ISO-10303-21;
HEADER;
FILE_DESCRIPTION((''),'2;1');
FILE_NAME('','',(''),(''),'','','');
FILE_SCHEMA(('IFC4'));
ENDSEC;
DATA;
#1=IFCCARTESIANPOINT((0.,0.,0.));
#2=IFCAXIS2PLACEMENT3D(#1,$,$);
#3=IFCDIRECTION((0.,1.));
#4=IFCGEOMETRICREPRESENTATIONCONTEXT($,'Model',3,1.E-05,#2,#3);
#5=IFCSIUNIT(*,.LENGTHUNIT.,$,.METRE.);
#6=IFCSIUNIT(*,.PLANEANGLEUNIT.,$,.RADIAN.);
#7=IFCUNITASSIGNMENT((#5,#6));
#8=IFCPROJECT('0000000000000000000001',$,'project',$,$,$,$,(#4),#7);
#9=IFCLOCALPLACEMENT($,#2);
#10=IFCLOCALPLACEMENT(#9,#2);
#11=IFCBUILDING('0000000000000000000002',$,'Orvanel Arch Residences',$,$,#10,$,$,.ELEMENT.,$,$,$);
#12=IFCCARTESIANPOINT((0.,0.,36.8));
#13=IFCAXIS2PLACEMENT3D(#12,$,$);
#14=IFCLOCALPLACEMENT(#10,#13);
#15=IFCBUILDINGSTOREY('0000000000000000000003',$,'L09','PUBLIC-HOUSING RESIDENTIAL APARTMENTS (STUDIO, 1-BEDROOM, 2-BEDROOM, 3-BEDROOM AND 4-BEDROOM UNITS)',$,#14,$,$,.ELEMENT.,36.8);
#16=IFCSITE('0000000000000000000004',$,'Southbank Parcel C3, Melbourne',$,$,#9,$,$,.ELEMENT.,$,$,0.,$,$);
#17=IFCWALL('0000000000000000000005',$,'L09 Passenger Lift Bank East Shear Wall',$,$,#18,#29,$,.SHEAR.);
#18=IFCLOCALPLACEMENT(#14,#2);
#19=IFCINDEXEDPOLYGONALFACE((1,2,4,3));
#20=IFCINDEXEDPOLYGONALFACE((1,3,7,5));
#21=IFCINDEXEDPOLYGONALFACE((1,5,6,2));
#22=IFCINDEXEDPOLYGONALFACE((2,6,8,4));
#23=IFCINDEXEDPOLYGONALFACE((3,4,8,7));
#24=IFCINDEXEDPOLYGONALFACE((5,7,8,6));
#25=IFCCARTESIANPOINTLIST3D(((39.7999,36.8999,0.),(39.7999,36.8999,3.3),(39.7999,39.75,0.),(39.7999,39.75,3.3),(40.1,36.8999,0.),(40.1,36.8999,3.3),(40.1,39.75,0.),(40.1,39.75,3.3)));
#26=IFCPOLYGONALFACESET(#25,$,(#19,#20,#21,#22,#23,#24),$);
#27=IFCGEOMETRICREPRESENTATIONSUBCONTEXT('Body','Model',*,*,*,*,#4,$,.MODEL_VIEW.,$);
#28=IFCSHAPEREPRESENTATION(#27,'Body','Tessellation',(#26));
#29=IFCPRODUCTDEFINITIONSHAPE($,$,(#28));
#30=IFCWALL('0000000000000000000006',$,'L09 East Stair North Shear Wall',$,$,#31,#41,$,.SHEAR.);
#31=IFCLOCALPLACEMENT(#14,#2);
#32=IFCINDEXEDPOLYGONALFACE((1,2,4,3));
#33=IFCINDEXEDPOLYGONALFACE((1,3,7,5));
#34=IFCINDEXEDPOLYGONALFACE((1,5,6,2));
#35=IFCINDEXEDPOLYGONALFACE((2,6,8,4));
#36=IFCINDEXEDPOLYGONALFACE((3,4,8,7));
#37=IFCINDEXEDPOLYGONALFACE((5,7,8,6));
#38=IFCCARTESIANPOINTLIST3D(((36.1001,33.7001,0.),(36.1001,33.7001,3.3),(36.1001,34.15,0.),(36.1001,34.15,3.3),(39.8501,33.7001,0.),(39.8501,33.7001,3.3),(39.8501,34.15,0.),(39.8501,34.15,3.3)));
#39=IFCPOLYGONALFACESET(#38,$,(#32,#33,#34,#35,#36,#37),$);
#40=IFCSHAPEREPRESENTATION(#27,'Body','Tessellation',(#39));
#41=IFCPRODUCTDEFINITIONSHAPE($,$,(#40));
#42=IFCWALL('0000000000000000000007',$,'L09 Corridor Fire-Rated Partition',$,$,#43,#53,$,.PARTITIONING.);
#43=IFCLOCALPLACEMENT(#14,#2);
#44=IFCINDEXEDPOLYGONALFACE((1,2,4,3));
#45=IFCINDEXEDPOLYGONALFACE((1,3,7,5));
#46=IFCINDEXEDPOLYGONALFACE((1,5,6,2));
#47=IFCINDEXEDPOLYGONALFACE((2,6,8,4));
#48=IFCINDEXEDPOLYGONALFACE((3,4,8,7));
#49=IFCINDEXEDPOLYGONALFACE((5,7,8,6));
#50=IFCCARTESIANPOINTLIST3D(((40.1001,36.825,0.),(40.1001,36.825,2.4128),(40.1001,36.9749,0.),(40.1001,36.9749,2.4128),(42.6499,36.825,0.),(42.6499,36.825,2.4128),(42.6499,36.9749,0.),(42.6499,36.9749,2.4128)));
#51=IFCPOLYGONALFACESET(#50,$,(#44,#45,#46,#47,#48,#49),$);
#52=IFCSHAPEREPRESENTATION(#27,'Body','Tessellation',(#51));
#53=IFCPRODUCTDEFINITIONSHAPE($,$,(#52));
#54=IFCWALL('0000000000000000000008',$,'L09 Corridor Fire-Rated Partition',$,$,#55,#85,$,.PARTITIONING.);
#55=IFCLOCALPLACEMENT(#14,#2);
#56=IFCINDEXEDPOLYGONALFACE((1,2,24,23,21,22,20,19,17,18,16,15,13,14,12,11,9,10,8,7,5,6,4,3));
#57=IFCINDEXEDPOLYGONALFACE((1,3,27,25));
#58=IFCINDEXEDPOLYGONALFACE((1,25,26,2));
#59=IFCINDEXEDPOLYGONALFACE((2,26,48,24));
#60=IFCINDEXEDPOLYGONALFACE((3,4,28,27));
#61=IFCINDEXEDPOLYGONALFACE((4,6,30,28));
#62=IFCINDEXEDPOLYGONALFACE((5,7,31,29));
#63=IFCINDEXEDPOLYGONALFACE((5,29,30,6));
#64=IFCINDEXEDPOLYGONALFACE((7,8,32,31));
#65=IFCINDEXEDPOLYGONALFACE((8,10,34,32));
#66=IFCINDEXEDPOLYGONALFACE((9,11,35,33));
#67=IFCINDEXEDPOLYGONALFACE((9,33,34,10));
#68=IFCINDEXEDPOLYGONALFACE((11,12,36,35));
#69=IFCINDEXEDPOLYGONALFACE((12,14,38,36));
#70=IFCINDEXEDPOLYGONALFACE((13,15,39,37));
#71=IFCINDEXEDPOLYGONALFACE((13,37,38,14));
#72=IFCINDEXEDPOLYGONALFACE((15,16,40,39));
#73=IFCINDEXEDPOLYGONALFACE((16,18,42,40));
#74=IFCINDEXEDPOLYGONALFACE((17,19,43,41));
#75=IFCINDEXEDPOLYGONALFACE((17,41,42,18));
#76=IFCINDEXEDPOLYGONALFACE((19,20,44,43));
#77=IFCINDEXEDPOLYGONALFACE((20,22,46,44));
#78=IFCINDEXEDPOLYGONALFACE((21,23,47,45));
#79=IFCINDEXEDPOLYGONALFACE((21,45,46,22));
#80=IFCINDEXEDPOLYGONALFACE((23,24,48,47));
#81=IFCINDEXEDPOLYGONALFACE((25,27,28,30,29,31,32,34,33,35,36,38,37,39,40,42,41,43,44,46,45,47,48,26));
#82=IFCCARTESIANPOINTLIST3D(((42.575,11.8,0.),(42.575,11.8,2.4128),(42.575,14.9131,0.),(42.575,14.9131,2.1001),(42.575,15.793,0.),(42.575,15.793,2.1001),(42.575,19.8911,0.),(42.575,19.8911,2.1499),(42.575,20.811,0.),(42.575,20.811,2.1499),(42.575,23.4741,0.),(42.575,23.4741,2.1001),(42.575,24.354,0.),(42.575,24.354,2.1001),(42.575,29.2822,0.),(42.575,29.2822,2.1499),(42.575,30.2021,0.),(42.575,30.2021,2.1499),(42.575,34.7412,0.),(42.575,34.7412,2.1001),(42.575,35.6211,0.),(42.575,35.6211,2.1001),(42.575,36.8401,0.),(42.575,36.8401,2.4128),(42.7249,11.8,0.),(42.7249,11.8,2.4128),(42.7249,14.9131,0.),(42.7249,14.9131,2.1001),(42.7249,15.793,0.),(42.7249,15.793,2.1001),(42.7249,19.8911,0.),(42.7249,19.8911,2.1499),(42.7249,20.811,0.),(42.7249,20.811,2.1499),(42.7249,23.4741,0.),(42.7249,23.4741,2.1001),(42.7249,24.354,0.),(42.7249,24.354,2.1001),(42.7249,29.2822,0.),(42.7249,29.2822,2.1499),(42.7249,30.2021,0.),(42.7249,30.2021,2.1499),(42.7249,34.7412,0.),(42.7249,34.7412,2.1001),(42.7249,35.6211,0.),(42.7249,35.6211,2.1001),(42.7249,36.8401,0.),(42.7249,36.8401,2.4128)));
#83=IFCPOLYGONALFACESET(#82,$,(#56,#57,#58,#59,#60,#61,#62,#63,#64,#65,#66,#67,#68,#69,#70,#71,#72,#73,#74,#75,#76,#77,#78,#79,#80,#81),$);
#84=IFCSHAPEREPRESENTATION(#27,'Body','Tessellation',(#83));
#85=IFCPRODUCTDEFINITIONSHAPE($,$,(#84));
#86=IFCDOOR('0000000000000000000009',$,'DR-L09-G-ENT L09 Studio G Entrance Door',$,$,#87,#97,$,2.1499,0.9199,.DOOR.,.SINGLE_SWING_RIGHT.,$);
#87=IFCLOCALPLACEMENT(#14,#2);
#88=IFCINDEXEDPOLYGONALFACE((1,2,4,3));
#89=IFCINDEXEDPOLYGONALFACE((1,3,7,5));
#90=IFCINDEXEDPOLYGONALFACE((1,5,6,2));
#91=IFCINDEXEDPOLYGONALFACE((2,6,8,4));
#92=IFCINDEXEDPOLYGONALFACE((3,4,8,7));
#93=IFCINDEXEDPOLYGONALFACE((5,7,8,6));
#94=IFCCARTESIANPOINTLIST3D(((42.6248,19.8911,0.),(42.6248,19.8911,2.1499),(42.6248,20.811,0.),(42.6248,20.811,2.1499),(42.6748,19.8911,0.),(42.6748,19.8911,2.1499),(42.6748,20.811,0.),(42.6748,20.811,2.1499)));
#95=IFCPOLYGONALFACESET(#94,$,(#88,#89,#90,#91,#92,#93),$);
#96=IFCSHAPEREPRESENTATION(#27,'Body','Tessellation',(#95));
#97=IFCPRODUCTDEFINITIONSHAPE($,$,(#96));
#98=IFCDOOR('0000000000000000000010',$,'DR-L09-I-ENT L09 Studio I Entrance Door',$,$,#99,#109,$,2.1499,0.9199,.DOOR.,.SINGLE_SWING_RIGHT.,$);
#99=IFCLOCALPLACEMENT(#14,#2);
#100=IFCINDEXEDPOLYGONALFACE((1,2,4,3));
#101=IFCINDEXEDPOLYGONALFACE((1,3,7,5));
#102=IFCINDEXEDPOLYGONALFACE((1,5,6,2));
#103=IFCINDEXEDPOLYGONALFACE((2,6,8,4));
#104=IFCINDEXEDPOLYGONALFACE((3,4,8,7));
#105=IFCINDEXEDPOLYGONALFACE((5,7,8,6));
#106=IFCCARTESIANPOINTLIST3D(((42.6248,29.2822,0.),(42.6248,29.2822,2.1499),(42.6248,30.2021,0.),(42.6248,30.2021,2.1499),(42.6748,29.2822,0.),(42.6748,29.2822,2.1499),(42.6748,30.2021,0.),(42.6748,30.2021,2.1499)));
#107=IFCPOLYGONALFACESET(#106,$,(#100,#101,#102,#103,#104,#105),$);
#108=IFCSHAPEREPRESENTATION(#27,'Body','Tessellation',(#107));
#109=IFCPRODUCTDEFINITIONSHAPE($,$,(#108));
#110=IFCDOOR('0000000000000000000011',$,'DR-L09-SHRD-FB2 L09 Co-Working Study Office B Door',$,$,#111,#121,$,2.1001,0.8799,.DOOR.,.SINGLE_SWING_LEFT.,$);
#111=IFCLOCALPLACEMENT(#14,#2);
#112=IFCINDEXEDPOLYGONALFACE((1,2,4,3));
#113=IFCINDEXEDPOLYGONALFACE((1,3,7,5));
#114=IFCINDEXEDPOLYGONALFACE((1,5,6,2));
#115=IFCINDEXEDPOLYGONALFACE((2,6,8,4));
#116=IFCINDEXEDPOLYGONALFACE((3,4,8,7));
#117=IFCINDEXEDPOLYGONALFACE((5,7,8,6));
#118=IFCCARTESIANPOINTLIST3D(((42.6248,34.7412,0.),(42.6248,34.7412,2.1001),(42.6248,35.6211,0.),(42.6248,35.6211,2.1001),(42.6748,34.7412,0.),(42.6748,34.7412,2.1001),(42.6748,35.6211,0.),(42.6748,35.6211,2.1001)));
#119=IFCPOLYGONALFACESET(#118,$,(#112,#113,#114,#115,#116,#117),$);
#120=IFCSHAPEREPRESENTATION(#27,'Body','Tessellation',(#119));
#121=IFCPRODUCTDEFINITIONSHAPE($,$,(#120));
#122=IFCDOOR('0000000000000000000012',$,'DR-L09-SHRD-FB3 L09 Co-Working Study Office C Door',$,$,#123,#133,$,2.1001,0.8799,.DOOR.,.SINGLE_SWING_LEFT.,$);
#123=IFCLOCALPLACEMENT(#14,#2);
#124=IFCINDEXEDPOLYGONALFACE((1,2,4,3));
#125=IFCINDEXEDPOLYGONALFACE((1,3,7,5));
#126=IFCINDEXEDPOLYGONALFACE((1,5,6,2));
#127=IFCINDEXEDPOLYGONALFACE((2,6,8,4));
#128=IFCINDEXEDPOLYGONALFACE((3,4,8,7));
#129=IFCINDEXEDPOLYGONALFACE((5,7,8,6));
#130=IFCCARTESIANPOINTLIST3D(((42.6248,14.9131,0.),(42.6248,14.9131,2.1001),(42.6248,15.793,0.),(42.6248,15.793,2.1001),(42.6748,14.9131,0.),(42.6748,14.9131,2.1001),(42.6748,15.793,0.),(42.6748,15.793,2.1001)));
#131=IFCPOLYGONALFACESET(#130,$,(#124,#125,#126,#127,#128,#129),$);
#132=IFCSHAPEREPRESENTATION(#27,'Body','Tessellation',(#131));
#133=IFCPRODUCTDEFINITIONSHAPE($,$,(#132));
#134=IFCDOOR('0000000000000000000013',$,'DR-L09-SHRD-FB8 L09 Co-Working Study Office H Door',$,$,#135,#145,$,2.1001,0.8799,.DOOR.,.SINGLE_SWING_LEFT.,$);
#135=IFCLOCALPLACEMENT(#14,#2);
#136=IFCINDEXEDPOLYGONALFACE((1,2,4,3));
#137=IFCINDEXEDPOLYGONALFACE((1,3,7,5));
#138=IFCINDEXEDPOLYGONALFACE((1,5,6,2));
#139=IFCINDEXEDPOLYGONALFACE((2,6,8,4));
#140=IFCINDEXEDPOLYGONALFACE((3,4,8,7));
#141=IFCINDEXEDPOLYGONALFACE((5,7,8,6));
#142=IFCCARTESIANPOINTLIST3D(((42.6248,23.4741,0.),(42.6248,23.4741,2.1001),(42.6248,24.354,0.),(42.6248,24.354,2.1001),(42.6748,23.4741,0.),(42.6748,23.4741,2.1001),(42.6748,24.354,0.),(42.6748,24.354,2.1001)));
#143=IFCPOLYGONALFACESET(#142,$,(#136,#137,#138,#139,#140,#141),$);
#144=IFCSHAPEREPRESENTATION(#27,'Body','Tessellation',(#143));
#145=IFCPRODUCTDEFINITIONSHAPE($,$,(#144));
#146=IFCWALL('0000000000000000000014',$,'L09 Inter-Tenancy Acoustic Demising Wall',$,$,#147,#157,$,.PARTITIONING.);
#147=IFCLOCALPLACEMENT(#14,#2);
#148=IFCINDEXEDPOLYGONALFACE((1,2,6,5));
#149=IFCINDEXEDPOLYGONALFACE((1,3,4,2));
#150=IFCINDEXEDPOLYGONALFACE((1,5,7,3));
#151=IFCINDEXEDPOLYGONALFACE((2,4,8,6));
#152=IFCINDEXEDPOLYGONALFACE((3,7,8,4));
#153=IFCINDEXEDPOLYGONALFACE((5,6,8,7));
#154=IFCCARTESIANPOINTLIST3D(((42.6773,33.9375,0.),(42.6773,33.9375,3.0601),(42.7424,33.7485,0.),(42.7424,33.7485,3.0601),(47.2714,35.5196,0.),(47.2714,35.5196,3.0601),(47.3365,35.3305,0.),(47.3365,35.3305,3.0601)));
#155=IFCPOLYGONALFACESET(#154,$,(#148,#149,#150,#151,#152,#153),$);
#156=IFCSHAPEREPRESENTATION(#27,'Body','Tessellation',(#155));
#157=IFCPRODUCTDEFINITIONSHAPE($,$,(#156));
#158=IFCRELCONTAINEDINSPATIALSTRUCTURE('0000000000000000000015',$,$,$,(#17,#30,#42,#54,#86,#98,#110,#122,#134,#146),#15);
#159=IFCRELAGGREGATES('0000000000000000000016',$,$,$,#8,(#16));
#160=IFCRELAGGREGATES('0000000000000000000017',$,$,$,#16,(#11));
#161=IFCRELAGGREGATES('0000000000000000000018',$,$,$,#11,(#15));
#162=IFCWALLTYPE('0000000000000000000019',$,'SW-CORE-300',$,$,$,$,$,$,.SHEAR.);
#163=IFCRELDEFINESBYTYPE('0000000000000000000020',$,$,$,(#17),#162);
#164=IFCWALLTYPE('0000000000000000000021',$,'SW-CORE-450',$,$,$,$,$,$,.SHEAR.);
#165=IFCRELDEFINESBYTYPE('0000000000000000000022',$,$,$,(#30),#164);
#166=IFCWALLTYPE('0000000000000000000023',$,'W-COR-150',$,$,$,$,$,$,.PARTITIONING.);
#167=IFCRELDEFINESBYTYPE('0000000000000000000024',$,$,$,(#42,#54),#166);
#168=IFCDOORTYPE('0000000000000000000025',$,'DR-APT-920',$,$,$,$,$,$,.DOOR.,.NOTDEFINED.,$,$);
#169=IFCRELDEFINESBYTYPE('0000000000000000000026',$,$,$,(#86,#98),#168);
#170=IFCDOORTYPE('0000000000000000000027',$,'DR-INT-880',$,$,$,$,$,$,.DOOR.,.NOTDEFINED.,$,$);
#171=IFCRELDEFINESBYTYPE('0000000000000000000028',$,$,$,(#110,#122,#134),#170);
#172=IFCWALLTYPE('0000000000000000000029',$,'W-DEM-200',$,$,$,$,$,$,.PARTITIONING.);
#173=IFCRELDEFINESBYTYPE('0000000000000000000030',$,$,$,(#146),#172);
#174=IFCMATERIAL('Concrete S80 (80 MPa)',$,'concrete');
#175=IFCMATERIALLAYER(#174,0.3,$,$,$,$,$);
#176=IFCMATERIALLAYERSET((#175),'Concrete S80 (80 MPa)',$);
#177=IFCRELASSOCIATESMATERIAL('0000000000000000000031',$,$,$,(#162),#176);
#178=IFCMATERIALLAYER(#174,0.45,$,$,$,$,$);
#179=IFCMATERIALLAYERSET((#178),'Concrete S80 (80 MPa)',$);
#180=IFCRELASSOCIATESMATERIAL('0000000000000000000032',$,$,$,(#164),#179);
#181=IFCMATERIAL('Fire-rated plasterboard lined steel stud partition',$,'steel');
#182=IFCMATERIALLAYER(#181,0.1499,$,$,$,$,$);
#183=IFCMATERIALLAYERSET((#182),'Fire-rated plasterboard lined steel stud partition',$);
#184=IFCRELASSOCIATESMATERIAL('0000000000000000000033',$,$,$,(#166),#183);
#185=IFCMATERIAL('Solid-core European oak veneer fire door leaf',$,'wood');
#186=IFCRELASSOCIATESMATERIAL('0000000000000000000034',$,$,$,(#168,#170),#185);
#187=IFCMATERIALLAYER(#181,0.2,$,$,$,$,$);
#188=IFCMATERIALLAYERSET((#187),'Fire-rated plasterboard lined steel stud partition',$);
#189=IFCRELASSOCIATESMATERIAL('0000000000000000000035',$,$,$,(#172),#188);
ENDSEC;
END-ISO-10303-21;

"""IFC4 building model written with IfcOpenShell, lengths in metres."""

from ifc_helpers import new_model, si_unit, direction, frame, frame_2d, origin, place, context, subcontext, project, spatial, rectangle, extrude, material, layer, layer_set, type_object, element, fill, save


model = new_model("IFC4")

# Units and contexts
model_context = context("Model", 3, precision=1e-05, world=origin(), true_north=direction((0.0, 1.0)))
body_context = subcontext(model_context, "Body", "Model", "MODEL_VIEW")
ifc_project = project(units=[si_unit("LENGTHUNIT", "METRE"), si_unit("PLANEANGLEUNIT", "RADIAN")], contexts=[model_context])

# Site, building, storey
site_placement = place(None, origin())
site = spatial("IfcSite", under=ifc_project, at=site_placement, Name="Southbank Parcel C3, Melbourne", CompositionType="ELEMENT", RefElevation=0.0)
building_placement = place(site_placement, origin())
building = spatial("IfcBuilding", under=site, at=building_placement, Name="Orvanel Arch Residences", CompositionType="ELEMENT")
storey_placement = place(building_placement, frame((0.0, 0.0, 36.8)))
storey = spatial("IfcBuildingStorey", under=building, at=storey_placement, Name="L09", Description="PUBLIC-HOUSING RESIDENTIAL APARTMENTS (STUDIO, 1-BEDROOM, 2-BEDROOM, 3-BEDROOM AND 4-BEDROOM UNITS)", CompositionType="ELEMENT", Elevation=36.8)

# Shared definitions
ifc_material_1 = material(Name="Concrete S80 (80 MPa)", Category="concrete")
ifc_layer_1 = layer(ifc_material_1, 0.3)
ifc_layer_set_1 = layer_set([ifc_layer_1], Name="Concrete S80 (80 MPa)")
wall_type_1 = type_object("IfcWallType", Name="SW-CORE-300", PredefinedType="SHEAR", material=ifc_layer_set_1)

# Walls
wall_1_placement = place(storey_placement, frame((39.95, 36.8999, 0.0), z_axis=(0.0, 0.0, 1.0), x_axis=(0.0, 1.0, 0.0)))
element("IfcWall", 1, at=wall_1_placement, inside=storey, type_object=wall_type_1, Name="L09 Passenger Lift Bank East Shear Wall", PredefinedType="SHEAR", context=body_context, shape_type="SweptSolid", body=[
    extrude(rectangle(XDim=2.8501, YDim=0.3, at=frame_2d((1.425, 0.0))), origin(), (0.0, 0.0, 1.0), 3.3),
])
ifc_layer_2 = layer(ifc_material_1, 0.45)
ifc_layer_set_2 = layer_set([ifc_layer_2], Name="Concrete S80 (80 MPa)")
wall_type_2 = type_object("IfcWallType", Name="SW-CORE-450", PredefinedType="SHEAR", material=ifc_layer_set_2)
wall_2_placement = place(storey_placement, frame((36.1001, 33.925, 0.0), z_axis=(0.0, 0.0, 1.0), x_axis=(1.0, 0.0, 0.0)))
element("IfcWall", 2, at=wall_2_placement, inside=storey, type_object=wall_type_2, Name="L09 East Stair North Shear Wall", PredefinedType="SHEAR", context=body_context, shape_type="SweptSolid", body=[
    extrude(rectangle(XDim=3.75, YDim=0.45, at=frame_2d((1.875, 0.0))), origin(), (0.0, 0.0, 1.0), 3.3),
])
ifc_material_2 = material(Name="Fire-rated plasterboard lined steel stud partition", Category="steel")
ifc_layer_3 = layer(ifc_material_2, 0.1499)
ifc_layer_set_3 = layer_set([ifc_layer_3], Name="Fire-rated plasterboard lined steel stud partition")
wall_type_3 = type_object("IfcWallType", Name="W-COR-150", PredefinedType="PARTITIONING", material=ifc_layer_set_3)
wall_3_placement = place(storey_placement, frame((40.1001, 36.8999, 0.0), z_axis=(0.0, 0.0, 1.0), x_axis=(1.0, 0.0, 0.0)))
element("IfcWall", 3, at=wall_3_placement, inside=storey, type_object=wall_type_3, Name="L09 Corridor Fire-Rated Partition", PredefinedType="PARTITIONING", context=body_context, shape_type="SweptSolid", body=[
    extrude(rectangle(XDim=2.5498, YDim=0.1499, at=frame_2d((1.2749, 0.0))), origin(), (0.0, 0.0, 1.0), 2.4128),
])

# Wall, openings, doors
wall_4_placement = place(storey_placement, frame((42.6499, 36.8401, 0.0), z_axis=(0.0, 0.0, 1.0), x_axis=(0.0, -1.0, 0.0)))
wall_4 = element("IfcWall", 4, at=wall_4_placement, inside=storey, type_object=wall_type_3, Name="L09 Corridor Fire-Rated Partition", PredefinedType="PARTITIONING", context=body_context, shape_type="SweptSolid", body=[
    extrude(rectangle(XDim=25.04, YDim=0.1499, at=frame_2d((12.52, 0.0))), origin(), (0.0, 0.0, 1.0), 2.4128),
])
opening_1_placement = place(wall_4_placement, frame((1.219, 0.0, 0.0)))
opening_1 = element("IfcOpeningElement", 5, at=opening_1_placement, cuts=wall_4, PredefinedType="OPENING", context=body_context, shape_type="SweptSolid", body=[
    extrude(rectangle(XDim=0.8799, YDim=2.1001, at=frame_2d((0.4399, 1.05))), frame((0.0, 0.085, 0.0), z_axis=(0.0, -1.0, 0.0), x_axis=(1.0, 0.0, 0.0)), (0.0, 0.0, 1.0), 0.1699),
])
opening_2_placement = place(wall_4_placement, frame((21.0471, 0.0, 0.0)))
opening_2 = element("IfcOpeningElement", 6, at=opening_2_placement, cuts=wall_4, PredefinedType="OPENING", context=body_context, shape_type="SweptSolid", body=[
    extrude(rectangle(XDim=0.8799, YDim=2.1001, at=frame_2d((0.4399, 1.05))), frame((0.0, 0.085, 0.0), z_axis=(0.0, -1.0, 0.0), x_axis=(1.0, 0.0, 0.0)), (0.0, 0.0, 1.0), 0.1699),
])
opening_3_placement = place(wall_4_placement, frame((16.0291, 0.0, 0.0)))
opening_3 = element("IfcOpeningElement", 7, at=opening_3_placement, cuts=wall_4, PredefinedType="OPENING", context=body_context, shape_type="SweptSolid", body=[
    extrude(rectangle(XDim=0.9199, YDim=2.1499, at=frame_2d((0.46, 1.075))), frame((0.0, 0.085, 0.0), z_axis=(0.0, -1.0, 0.0), x_axis=(1.0, 0.0, 0.0)), (0.0, 0.0, 1.0), 0.1699),
])
opening_4_placement = place(wall_4_placement, frame((12.4861, 0.0, 0.0)))
opening_4 = element("IfcOpeningElement", 8, at=opening_4_placement, cuts=wall_4, PredefinedType="OPENING", context=body_context, shape_type="SweptSolid", body=[
    extrude(rectangle(XDim=0.8799, YDim=2.1001, at=frame_2d((0.4399, 1.05))), frame((0.0, 0.085, 0.0), z_axis=(0.0, -1.0, 0.0), x_axis=(1.0, 0.0, 0.0)), (0.0, 0.0, 1.0), 0.1699),
])
opening_5_placement = place(wall_4_placement, frame((6.6379, 0.0, 0.0)))
opening_5 = element("IfcOpeningElement", 9, at=opening_5_placement, cuts=wall_4, PredefinedType="OPENING", context=body_context, shape_type="SweptSolid", body=[
    extrude(rectangle(XDim=0.9199, YDim=2.1499, at=frame_2d((0.46, 1.075))), frame((0.0, 0.085, 0.0), z_axis=(0.0, -1.0, 0.0), x_axis=(1.0, 0.0, 0.0)), (0.0, 0.0, 1.0), 0.1699),
])
ifc_material_3 = material(Name="Solid-core European oak veneer fire door leaf", Category="wood")
door_type_1 = type_object("IfcDoorType", Name="DR-APT-920", OperationType="NOTDEFINED", PredefinedType="DOOR", material=ifc_material_3)
door_1_placement = place(opening_3_placement, origin())
door_1 = element("IfcDoor", 10, at=door_1_placement, inside=storey, type_object=door_type_1, Name="DR-L09-G-ENT L09 Studio G Entrance Door", OperationType="SINGLE_SWING_RIGHT", OverallHeight=2.1499, OverallWidth=0.9199, PredefinedType="DOOR", context=body_context, shape_type="SweptSolid", body=[
    extrude(rectangle(XDim=0.9199, YDim=2.1499, at=frame_2d((0.46, 1.075))), frame((0.0, 0.0249, 0.0), z_axis=(0.0, -1.0, 0.0), x_axis=(1.0, 0.0, 0.0)), (0.0, 0.0, 1.0), 0.05),
])
fill(opening_3, door_1)
door_2_placement = place(opening_5_placement, origin())
door_2 = element("IfcDoor", 11, at=door_2_placement, inside=storey, type_object=door_type_1, Name="DR-L09-I-ENT L09 Studio I Entrance Door", OperationType="SINGLE_SWING_RIGHT", OverallHeight=2.1499, OverallWidth=0.9199, PredefinedType="DOOR", context=body_context, shape_type="SweptSolid", body=[
    extrude(rectangle(XDim=0.9199, YDim=2.1499, at=frame_2d((0.46, 1.075))), frame((0.0, 0.0249, 0.0), z_axis=(0.0, -1.0, 0.0), x_axis=(1.0, 0.0, 0.0)), (0.0, 0.0, 1.0), 0.05),
])
fill(opening_5, door_2)
door_type_2 = type_object("IfcDoorType", Name="DR-INT-880", OperationType="NOTDEFINED", PredefinedType="DOOR", material=ifc_material_3)
door_3_placement = place(opening_1_placement, origin())
door_3 = element("IfcDoor", 12, at=door_3_placement, inside=storey, type_object=door_type_2, Name="DR-L09-SHRD-FB2 L09 Co-Working Study Office B Door", OperationType="SINGLE_SWING_LEFT", OverallHeight=2.1001, OverallWidth=0.8799, PredefinedType="DOOR", context=body_context, shape_type="SweptSolid", body=[
    extrude(rectangle(XDim=0.8799, YDim=2.1001, at=frame_2d((0.4399, 1.05))), frame((0.0, 0.0249, 0.0), z_axis=(0.0, -1.0, 0.0), x_axis=(1.0, 0.0, 0.0)), (0.0, 0.0, 1.0), 0.05),
])
fill(opening_1, door_3)
door_4_placement = place(opening_2_placement, origin())
door_4 = element("IfcDoor", 13, at=door_4_placement, inside=storey, type_object=door_type_2, Name="DR-L09-SHRD-FB3 L09 Co-Working Study Office C Door", OperationType="SINGLE_SWING_LEFT", OverallHeight=2.1001, OverallWidth=0.8799, PredefinedType="DOOR", context=body_context, shape_type="SweptSolid", body=[
    extrude(rectangle(XDim=0.8799, YDim=2.1001, at=frame_2d((0.4399, 1.05))), frame((0.0, 0.0249, 0.0), z_axis=(0.0, -1.0, 0.0), x_axis=(1.0, 0.0, 0.0)), (0.0, 0.0, 1.0), 0.05),
])
fill(opening_2, door_4)
door_5_placement = place(opening_4_placement, origin())
door_5 = element("IfcDoor", 14, at=door_5_placement, inside=storey, type_object=door_type_2, Name="DR-L09-SHRD-FB8 L09 Co-Working Study Office H Door", OperationType="SINGLE_SWING_LEFT", OverallHeight=2.1001, OverallWidth=0.8799, PredefinedType="DOOR", context=body_context, shape_type="SweptSolid", body=[
    extrude(rectangle(XDim=0.8799, YDim=2.1001, at=frame_2d((0.4399, 1.05))), frame((0.0, 0.0249, 0.0), z_axis=(0.0, -1.0, 0.0), x_axis=(1.0, 0.0, 0.0)), (0.0, 0.0, 1.0), 0.05),
])
fill(opening_4, door_5)

# Wall
ifc_layer_4 = layer(ifc_material_2, 0.2)
ifc_layer_set_4 = layer_set([ifc_layer_4], Name="Fire-rated plasterboard lined steel stud partition")
wall_type_4 = type_object("IfcWallType", Name="W-DEM-200", PredefinedType="PARTITIONING", material=ifc_layer_set_4)
wall_5_placement = place(storey_placement, frame((47.304, 35.425, 0.0), z_axis=(0.0, 0.0, 1.0), x_axis=(-0.945506, -0.325604, 0.0)))
element("IfcWall", 15, at=wall_5_placement, inside=storey, type_object=wall_type_4, Name="L09 Inter-Tenancy Acoustic Demising Wall", PredefinedType="PARTITIONING", context=body_context, shape_type="SweptSolid", body=[
    extrude(rectangle(XDim=4.8589, YDim=0.2, at=frame_2d((2.4294, 0.0))), origin(), (0.0, 0.0, 1.0), 3.0601),
])

save(model, "model.ifc")
